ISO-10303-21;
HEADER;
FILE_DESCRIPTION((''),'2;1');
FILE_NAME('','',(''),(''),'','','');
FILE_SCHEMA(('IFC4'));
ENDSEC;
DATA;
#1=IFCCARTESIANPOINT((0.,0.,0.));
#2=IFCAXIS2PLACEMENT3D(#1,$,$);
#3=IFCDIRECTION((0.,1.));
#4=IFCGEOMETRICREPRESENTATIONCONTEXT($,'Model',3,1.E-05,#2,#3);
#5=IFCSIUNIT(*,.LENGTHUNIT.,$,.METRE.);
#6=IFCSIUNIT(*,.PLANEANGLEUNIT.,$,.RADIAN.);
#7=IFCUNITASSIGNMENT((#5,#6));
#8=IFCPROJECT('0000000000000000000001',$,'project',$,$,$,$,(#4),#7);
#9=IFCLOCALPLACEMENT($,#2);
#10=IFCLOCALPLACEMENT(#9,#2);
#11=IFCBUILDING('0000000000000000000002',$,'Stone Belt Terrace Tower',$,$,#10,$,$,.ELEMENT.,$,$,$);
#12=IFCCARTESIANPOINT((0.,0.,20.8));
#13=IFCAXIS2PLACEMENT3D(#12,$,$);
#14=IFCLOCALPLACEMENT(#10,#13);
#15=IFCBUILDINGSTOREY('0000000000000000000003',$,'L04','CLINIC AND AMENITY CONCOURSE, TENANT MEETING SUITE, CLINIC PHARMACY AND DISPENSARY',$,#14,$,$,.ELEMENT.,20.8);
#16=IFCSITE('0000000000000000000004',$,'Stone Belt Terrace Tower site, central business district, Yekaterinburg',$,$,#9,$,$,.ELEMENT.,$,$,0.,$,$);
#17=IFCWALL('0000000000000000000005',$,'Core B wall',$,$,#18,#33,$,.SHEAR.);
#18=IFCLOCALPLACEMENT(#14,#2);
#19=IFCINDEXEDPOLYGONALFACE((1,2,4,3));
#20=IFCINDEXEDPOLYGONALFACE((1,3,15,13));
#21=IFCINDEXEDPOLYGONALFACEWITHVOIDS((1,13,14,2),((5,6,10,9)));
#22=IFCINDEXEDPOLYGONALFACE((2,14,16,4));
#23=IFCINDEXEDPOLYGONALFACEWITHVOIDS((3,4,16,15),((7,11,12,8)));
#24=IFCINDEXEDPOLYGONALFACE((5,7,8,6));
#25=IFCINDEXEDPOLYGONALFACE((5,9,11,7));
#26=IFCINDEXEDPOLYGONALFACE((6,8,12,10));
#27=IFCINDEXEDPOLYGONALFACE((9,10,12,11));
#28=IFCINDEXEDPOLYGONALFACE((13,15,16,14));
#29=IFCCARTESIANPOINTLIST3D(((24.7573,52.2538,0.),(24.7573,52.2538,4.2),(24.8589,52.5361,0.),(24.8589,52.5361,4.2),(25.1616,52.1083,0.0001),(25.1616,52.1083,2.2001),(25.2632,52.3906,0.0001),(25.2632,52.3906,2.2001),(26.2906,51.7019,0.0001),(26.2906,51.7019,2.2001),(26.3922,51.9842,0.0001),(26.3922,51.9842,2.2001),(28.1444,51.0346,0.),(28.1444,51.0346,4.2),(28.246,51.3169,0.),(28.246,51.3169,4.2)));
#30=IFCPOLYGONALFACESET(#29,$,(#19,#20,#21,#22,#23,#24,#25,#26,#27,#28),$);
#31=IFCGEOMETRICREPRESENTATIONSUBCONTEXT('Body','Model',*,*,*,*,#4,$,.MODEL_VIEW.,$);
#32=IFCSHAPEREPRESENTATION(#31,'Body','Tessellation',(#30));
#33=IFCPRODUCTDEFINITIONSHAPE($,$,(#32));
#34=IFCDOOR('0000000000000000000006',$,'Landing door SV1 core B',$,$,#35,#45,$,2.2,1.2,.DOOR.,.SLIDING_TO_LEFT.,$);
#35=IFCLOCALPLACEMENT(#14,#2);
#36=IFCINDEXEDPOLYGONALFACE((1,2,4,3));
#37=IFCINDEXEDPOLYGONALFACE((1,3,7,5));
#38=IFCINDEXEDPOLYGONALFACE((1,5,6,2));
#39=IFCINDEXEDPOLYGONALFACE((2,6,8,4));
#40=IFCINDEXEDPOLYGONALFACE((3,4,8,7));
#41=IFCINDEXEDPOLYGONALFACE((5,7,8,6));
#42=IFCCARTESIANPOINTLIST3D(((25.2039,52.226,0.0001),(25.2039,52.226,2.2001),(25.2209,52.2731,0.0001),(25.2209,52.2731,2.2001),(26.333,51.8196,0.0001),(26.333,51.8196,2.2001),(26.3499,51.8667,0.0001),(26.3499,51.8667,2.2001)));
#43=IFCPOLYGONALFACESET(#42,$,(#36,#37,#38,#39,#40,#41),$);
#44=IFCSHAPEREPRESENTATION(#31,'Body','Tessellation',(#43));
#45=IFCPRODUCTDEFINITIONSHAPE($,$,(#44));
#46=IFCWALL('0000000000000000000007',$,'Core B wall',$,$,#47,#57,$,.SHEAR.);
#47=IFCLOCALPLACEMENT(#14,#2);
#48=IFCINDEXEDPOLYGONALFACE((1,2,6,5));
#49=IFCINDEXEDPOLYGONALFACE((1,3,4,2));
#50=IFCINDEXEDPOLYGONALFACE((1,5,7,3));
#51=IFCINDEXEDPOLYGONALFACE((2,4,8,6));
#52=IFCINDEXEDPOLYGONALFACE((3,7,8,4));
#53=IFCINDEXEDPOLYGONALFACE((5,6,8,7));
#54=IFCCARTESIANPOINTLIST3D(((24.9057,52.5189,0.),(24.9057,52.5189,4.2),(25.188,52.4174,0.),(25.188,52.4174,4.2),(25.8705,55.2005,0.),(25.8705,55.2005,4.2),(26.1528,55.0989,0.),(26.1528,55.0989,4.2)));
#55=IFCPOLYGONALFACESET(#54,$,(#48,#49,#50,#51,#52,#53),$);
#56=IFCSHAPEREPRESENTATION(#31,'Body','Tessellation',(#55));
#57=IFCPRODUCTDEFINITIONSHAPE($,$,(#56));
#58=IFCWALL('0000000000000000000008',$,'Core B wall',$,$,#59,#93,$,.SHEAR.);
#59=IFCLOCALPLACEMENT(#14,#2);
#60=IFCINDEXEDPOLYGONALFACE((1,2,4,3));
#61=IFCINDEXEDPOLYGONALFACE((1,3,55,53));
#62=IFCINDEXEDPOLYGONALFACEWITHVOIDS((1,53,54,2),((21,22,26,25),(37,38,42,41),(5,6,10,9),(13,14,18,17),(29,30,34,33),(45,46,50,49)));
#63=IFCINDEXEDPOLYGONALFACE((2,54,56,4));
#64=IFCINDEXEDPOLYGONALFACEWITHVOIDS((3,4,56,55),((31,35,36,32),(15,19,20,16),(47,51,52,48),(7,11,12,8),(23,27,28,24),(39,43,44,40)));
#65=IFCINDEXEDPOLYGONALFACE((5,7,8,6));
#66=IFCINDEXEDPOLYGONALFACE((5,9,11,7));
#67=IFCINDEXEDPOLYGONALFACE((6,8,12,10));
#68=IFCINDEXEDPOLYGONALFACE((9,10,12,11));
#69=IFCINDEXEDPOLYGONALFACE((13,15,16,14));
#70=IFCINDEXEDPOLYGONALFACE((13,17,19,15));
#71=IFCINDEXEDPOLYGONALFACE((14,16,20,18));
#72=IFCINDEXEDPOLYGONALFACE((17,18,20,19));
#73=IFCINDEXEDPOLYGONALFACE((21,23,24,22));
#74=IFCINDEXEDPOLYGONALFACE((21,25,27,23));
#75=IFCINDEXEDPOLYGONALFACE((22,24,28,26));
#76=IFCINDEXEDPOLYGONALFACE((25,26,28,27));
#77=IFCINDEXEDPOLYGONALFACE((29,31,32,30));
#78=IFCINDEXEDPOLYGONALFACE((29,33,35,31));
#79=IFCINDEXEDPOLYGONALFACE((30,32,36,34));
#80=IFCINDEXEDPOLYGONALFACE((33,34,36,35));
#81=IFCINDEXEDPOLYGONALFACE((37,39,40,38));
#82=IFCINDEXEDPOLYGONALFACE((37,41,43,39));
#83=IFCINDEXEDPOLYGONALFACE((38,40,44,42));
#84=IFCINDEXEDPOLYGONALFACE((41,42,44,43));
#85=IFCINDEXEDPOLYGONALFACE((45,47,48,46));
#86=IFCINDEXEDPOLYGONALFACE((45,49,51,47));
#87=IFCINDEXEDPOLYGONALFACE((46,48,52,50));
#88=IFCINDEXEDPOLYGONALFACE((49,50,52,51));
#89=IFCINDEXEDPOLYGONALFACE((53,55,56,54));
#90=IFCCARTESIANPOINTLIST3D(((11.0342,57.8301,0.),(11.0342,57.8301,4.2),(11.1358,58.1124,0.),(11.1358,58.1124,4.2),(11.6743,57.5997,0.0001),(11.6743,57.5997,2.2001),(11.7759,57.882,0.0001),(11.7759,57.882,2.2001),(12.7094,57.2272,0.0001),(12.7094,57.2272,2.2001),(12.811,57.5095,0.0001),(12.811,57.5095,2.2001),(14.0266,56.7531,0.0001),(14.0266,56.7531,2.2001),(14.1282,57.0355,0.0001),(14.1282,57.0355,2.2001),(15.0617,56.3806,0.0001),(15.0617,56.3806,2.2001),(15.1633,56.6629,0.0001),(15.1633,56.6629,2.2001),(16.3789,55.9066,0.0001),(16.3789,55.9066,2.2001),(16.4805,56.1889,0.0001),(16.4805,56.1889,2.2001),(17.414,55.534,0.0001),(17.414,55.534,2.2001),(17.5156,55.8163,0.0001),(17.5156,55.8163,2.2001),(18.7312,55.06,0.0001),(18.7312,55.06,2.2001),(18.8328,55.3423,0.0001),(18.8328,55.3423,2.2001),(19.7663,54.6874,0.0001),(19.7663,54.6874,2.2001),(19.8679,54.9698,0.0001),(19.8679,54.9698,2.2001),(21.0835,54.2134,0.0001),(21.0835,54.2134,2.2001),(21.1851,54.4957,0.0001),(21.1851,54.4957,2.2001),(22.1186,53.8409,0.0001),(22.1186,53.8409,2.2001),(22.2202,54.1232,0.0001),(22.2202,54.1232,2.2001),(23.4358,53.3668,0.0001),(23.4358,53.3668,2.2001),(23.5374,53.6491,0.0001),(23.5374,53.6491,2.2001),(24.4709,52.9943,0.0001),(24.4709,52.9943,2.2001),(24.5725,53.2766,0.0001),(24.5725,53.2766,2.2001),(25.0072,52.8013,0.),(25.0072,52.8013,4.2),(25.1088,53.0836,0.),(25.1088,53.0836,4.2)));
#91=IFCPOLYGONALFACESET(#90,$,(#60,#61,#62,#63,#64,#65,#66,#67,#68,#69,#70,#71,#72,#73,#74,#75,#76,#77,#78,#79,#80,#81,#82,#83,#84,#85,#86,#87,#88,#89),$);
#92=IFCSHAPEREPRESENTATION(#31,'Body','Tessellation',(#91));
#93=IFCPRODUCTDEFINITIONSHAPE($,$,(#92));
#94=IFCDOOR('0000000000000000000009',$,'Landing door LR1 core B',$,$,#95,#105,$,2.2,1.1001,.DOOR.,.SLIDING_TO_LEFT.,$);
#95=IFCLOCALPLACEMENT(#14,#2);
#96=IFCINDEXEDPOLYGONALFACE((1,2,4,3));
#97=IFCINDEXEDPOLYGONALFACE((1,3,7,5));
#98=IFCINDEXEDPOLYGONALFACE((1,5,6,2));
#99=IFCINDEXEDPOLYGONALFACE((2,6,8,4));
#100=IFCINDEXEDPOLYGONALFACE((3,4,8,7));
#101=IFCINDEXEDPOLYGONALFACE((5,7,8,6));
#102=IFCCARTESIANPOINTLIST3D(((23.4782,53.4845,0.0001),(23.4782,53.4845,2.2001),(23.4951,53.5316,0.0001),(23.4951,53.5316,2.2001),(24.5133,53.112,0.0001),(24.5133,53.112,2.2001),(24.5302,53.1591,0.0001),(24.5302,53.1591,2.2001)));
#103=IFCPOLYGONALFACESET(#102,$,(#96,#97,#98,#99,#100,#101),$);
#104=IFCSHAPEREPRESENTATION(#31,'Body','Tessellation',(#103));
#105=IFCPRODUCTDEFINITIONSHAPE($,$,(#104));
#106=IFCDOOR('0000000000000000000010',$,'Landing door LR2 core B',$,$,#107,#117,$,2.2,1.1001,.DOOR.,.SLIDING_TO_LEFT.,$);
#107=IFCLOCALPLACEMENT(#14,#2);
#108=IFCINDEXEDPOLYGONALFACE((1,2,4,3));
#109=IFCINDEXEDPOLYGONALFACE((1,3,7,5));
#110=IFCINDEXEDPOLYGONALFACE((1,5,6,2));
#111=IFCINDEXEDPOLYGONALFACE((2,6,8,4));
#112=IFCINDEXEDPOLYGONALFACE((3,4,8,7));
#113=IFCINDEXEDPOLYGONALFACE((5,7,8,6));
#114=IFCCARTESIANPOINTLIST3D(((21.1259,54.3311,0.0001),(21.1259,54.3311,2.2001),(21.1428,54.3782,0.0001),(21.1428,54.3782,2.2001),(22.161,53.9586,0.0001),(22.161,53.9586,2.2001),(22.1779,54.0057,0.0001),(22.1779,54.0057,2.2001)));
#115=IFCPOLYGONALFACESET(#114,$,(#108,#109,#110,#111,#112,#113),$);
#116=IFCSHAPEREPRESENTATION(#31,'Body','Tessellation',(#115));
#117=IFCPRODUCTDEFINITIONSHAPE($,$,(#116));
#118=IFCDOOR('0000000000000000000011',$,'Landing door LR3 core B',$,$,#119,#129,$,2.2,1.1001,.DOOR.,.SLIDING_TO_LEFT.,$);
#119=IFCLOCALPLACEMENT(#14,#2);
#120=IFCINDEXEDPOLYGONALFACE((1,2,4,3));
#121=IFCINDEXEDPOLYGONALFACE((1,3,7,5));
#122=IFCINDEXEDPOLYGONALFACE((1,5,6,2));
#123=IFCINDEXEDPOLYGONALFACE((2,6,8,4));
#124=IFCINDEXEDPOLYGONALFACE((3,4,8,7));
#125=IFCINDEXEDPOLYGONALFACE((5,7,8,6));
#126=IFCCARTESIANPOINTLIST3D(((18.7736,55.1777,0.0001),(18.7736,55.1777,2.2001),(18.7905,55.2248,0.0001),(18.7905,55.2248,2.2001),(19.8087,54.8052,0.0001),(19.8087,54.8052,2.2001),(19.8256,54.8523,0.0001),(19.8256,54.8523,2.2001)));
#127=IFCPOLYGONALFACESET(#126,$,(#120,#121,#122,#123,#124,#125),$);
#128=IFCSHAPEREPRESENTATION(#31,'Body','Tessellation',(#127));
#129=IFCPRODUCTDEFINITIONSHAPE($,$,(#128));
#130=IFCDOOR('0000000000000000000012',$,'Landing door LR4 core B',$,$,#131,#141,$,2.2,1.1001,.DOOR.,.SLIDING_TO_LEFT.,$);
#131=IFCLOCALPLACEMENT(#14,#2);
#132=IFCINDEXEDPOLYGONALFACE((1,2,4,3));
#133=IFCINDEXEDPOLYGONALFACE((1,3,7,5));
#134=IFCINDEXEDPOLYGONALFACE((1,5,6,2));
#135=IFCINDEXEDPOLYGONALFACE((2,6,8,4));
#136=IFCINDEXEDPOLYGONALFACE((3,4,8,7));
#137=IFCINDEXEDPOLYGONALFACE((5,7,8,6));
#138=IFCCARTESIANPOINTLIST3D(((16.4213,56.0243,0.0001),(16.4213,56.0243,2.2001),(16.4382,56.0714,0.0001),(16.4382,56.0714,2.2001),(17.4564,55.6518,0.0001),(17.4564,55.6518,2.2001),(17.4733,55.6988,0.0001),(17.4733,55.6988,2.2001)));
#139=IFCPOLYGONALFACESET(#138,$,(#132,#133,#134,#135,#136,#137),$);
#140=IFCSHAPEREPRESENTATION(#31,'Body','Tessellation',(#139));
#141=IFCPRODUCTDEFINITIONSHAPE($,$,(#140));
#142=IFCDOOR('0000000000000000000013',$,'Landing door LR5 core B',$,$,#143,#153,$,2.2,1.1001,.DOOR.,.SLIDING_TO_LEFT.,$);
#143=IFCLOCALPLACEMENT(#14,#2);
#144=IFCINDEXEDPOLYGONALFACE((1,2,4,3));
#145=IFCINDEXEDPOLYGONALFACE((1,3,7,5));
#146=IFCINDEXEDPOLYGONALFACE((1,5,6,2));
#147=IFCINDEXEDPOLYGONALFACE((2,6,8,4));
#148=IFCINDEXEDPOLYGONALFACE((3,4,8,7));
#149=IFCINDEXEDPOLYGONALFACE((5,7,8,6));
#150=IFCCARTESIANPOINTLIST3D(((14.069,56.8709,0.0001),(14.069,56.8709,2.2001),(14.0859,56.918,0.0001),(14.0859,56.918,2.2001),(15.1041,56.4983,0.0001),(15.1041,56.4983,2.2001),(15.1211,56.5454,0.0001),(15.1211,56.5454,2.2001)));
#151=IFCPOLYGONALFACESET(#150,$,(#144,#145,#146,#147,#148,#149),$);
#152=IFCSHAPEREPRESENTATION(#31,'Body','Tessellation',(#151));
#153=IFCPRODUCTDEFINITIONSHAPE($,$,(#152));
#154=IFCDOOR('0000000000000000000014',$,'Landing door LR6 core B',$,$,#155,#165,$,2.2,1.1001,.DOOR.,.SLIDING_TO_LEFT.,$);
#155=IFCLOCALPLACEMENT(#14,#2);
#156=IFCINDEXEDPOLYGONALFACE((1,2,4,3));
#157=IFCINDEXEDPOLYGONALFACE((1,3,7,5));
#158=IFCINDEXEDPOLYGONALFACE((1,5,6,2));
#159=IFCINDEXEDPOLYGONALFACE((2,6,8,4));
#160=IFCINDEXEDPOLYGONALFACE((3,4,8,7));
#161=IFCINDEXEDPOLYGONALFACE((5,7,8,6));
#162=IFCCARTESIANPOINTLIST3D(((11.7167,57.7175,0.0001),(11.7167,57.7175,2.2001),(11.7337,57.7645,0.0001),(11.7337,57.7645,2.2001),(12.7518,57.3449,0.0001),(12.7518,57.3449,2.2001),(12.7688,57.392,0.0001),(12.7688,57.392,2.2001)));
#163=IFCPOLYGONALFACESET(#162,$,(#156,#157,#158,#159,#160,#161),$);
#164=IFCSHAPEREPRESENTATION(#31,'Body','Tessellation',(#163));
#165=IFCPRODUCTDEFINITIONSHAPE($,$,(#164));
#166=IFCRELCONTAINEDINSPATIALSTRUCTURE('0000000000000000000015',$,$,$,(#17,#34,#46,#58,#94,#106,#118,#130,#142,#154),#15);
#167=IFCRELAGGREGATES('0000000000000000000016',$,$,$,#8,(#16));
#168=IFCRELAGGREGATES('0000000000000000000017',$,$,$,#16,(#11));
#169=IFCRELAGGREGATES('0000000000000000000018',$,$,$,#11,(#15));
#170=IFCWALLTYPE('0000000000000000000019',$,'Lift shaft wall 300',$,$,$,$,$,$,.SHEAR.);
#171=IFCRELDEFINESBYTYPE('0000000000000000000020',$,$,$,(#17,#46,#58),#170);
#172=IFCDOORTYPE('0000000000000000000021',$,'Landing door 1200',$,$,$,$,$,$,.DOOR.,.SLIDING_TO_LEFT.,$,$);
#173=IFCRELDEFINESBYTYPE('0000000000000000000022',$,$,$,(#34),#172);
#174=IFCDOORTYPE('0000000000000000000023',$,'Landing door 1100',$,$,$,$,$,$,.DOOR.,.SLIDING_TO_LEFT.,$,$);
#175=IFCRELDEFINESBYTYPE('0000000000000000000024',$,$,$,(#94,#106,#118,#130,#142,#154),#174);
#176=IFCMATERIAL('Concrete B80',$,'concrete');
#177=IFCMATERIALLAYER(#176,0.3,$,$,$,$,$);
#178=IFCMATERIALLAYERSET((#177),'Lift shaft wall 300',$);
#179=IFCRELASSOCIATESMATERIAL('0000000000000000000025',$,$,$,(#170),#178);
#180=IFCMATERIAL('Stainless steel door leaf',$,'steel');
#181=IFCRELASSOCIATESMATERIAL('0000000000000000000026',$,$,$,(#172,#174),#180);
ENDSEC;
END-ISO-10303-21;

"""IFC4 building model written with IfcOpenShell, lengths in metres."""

from ifc_helpers import new_model, si_unit, direction, frame, frame_2d, origin, place, context, subcontext, project, spatial, rectangle, extrude, material, layer, layer_set, type_object, element, fill, save


model = new_model("IFC4")

# Units and contexts
model_context = context("Model", 3, precision=1e-05, world=origin(), true_north=direction((0.0, 1.0)))
body_context = subcontext(model_context, "Body", "Model", "MODEL_VIEW")
ifc_project = project(units=[si_unit("LENGTHUNIT", "METRE"), si_unit("PLANEANGLEUNIT", "RADIAN")], contexts=[model_context])

# Site, building, storey
site_placement = place(None, origin())
site = spatial("IfcSite", under=ifc_project, at=site_placement, Name="Stone Belt Terrace Tower site, central business district, Yekaterinburg", CompositionType="ELEMENT", RefElevation=0.0)
building_placement = place(site_placement, origin())
building = spatial("IfcBuilding", under=site, at=building_placement, Name="Stone Belt Terrace Tower", CompositionType="ELEMENT")
storey_placement = place(building_placement, frame((0.0, 0.0, 20.8)))
storey = spatial("IfcBuildingStorey", under=building, at=storey_placement, Name="L04", Description="CLINIC AND AMENITY CONCOURSE, TENANT MEETING SUITE, CLINIC PHARMACY AND DISPENSARY", CompositionType="ELEMENT", Elevation=20.8)

# Shared definitions
ifc_material_1 = material(Name="Concrete B80", Category="concrete")

# Wall, opening, door
ifc_layer_1 = layer(ifc_material_1, 0.3)
ifc_layer_set_1 = layer_set([ifc_layer_1], Name="Lift shaft wall 300")
wall_type_1 = type_object("IfcWallType", Name="Lift shaft wall 300", PredefinedType="SHEAR", material=ifc_layer_set_1)
wall_1_placement = place(storey_placement, frame((28.1951, 51.1758, 0.0), z_axis=(0.0, 0.0, 1.0), x_axis=(-0.940901, 0.338681, 0.0)))
wall_1 = element("IfcWall", 1, at=wall_1_placement, inside=storey, type_object=wall_type_1, Name="Core B wall", PredefinedType="SHEAR", context=body_context, shape_type="SweptSolid", body=[
    extrude(rectangle(XDim=3.5999, YDim=0.3, at=frame_2d((1.7998, 0.0))), origin(), (0.0, 0.0, 1.0), 4.2),
])
opening_1_placement = place(wall_1_placement, frame((1.97, 0.0, 0.0)))
opening_1 = element("IfcOpeningElement", 2, at=opening_1_placement, cuts=wall_1, PredefinedType="OPENING", context=body_context, shape_type="SweptSolid", body=[
    extrude(rectangle(XDim=1.2, YDim=2.2, at=frame_2d((0.6001, 1.1001))), frame((0.0, 0.1599, 0.0), z_axis=(0.0, -1.0, 0.0), x_axis=(1.0, 0.0, 0.0)), (0.0, 0.0, 1.0), 0.3201),
])
ifc_material_2 = material(Name="Stainless steel door leaf", Category="steel")
door_type_1 = type_object("IfcDoorType", Name="Landing door 1200", OperationType="SLIDING_TO_LEFT", PredefinedType="DOOR", material=ifc_material_2)
door_1_placement = place(opening_1_placement, origin())
door_1 = element("IfcDoor", 3, at=door_1_placement, inside=storey, type_object=door_type_1, Name="Landing door SV1 core B", OperationType="SLIDING_TO_LEFT", OverallHeight=2.2, OverallWidth=1.2, PredefinedType="DOOR", context=body_context, shape_type="SweptSolid", body=[
    extrude(rectangle(XDim=1.2, YDim=2.2, at=frame_2d((0.6001, 1.1001))), frame((0.0, 0.0249, 0.0), z_axis=(0.0, -1.0, 0.0), x_axis=(1.0, 0.0, 0.0)), (0.0, 0.0, 1.0), 0.05),
])
fill(opening_1, door_1)

# Wall
wall_2_placement = place(storey_placement, frame((25.0469, 52.4683, 0.0), z_axis=(0.0, 0.0, 1.0), x_axis=(0.33855, 0.940949, 0.0)))
element("IfcWall", 4, at=wall_2_placement, inside=storey, type_object=wall_type_1, Name="Core B wall", PredefinedType="SHEAR", context=body_context, shape_type="SweptSolid", body=[
    extrude(rectangle(XDim=2.8499, YDim=0.3, at=frame_2d((1.4248, 0.0))), origin(), (0.0, 0.0, 1.0), 4.2),
])

# Wall, openings, doors
wall_3_placement = place(storey_placement, frame((25.0581, 52.9424, 0.0), z_axis=(0.0, 0.0, 1.0), x_axis=(-0.940918, 0.338634, 0.0)))
wall_3 = element("IfcWall", 5, at=wall_3_placement, inside=storey, type_object=wall_type_1, Name="Core B wall", PredefinedType="SHEAR", context=body_context, shape_type="SweptSolid", body=[
    extrude(rectangle(XDim=14.8503, YDim=0.3, at=frame_2d((7.4253, 0.0))), origin(), (0.0, 0.0, 1.0), 4.2),
])
opening_2_placement = place(wall_3_placement, frame((0.5701, 0.0, 0.0)))
opening_2 = element("IfcOpeningElement", 6, at=opening_2_placement, cuts=wall_3, PredefinedType="OPENING", context=body_context, shape_type="SweptSolid", body=[
    extrude(rectangle(XDim=1.1001, YDim=2.2, at=frame_2d((0.55, 1.1001))), frame((0.0, 0.1599, 0.0), z_axis=(0.0, -1.0, 0.0), x_axis=(1.0, 0.0, 0.0)), (0.0, 0.0, 1.0), 0.3201),
])
opening_3_placement = place(wall_3_placement, frame((3.0701, 0.0, 0.0)))
opening_3 = element("IfcOpeningElement", 7, at=opening_3_placement, cuts=wall_3, PredefinedType="OPENING", context=body_context, shape_type="SweptSolid", body=[
    extrude(rectangle(XDim=1.1001, YDim=2.2, at=frame_2d((0.55, 1.1001))), frame((0.0, 0.1599, 0.0), z_axis=(0.0, -1.0, 0.0), x_axis=(1.0, 0.0, 0.0)), (0.0, 0.0, 1.0), 0.3201),
])
opening_4_placement = place(wall_3_placement, frame((5.5701, 0.0, 0.0)))
opening_4 = element("IfcOpeningElement", 8, at=opening_4_placement, cuts=wall_3, PredefinedType="OPENING", context=body_context, shape_type="SweptSolid", body=[
    extrude(rectangle(XDim=1.1001, YDim=2.2, at=frame_2d((0.55, 1.1001))), frame((0.0, 0.1599, 0.0), z_axis=(0.0, -1.0, 0.0), x_axis=(1.0, 0.0, 0.0)), (0.0, 0.0, 1.0), 0.3201),
])
opening_5_placement = place(wall_3_placement, frame((8.0701, 0.0, 0.0)))
opening_5 = element("IfcOpeningElement", 9, at=opening_5_placement, cuts=wall_3, PredefinedType="OPENING", context=body_context, shape_type="SweptSolid", body=[
    extrude(rectangle(XDim=1.1001, YDim=2.2, at=frame_2d((0.55, 1.1001))), frame((0.0, 0.1599, 0.0), z_axis=(0.0, -1.0, 0.0), x_axis=(1.0, 0.0, 0.0)), (0.0, 0.0, 1.0), 0.3201),
])
opening_6_placement = place(wall_3_placement, frame((10.5701, 0.0, 0.0)))
opening_6 = element("IfcOpeningElement", 10, at=opening_6_placement, cuts=wall_3, PredefinedType="OPENING", context=body_context, shape_type="SweptSolid", body=[
    extrude(rectangle(XDim=1.1001, YDim=2.2, at=frame_2d((0.55, 1.1001))), frame((0.0, 0.1599, 0.0), z_axis=(0.0, -1.0, 0.0), x_axis=(1.0, 0.0, 0.0)), (0.0, 0.0, 1.0), 0.3201),
])
opening_7_placement = place(wall_3_placement, frame((13.0701, 0.0, 0.0)))
opening_7 = element("IfcOpeningElement", 11, at=opening_7_placement, cuts=wall_3, PredefinedType="OPENING", context=body_context, shape_type="SweptSolid", body=[
    extrude(rectangle(XDim=1.1001, YDim=2.2, at=frame_2d((0.55, 1.1001))), frame((0.0, 0.1599, 0.0), z_axis=(0.0, -1.0, 0.0), x_axis=(1.0, 0.0, 0.0)), (0.0, 0.0, 1.0), 0.3201),
])
door_type_2 = type_object("IfcDoorType", Name="Landing door 1100", OperationType="SLIDING_TO_LEFT", PredefinedType="DOOR", material=ifc_material_2)
door_2_placement = place(opening_2_placement, origin())
door_2 = element("IfcDoor", 12, at=door_2_placement, inside=storey, type_object=door_type_2, Name="Landing door LR1 core B", OperationType="SLIDING_TO_LEFT", OverallHeight=2.2, OverallWidth=1.1001, PredefinedType="DOOR", context=body_context, shape_type="SweptSolid", body=[
    extrude(rectangle(XDim=1.1001, YDim=2.2, at=frame_2d((0.55, 1.1001))), frame((0.0, 0.0249, 0.0), z_axis=(0.0, -1.0, 0.0), x_axis=(1.0, 0.0, 0.0)), (0.0, 0.0, 1.0), 0.05),
])
fill(opening_2, door_2)
door_3_placement = place(opening_3_placement, origin())
door_3 = element("IfcDoor", 13, at=door_3_placement, inside=storey, type_object=door_type_2, Name="Landing door LR2 core B", OperationType="SLIDING_TO_LEFT", OverallHeight=2.2, OverallWidth=1.1001, PredefinedType="DOOR", context=body_context, shape_type="SweptSolid", body=[
    extrude(rectangle(XDim=1.1001, YDim=2.2, at=frame_2d((0.55, 1.1001))), frame((0.0, 0.0249, 0.0), z_axis=(0.0, -1.0, 0.0), x_axis=(1.0, 0.0, 0.0)), (0.0, 0.0, 1.0), 0.05),
])
fill(opening_3, door_3)
door_4_placement = place(opening_4_placement, origin())
door_4 = element("IfcDoor", 14, at=door_4_placement, inside=storey, type_object=door_type_2, Name="Landing door LR3 core B", OperationType="SLIDING_TO_LEFT", OverallHeight=2.2, OverallWidth=1.1001, PredefinedType="DOOR", context=body_context, shape_type="SweptSolid", body=[
    extrude(rectangle(XDim=1.1001, YDim=2.2, at=frame_2d((0.55, 1.1001))), frame((0.0, 0.0249, 0.0), z_axis=(0.0, -1.0, 0.0), x_axis=(1.0, 0.0, 0.0)), (0.0, 0.0, 1.0), 0.05),
])
fill(opening_4, door_4)
door_5_placement = place(opening_5_placement, origin())
door_5 = element("IfcDoor", 15, at=door_5_placement, inside=storey, type_object=door_type_2, Name="Landing door LR4 core B", OperationType="SLIDING_TO_LEFT", OverallHeight=2.2, OverallWidth=1.1001, PredefinedType="DOOR", context=body_context, shape_type="SweptSolid", body=[
    extrude(rectangle(XDim=1.1001, YDim=2.2, at=frame_2d((0.55, 1.1001))), frame((0.0, 0.0249, 0.0), z_axis=(0.0, -1.0, 0.0), x_axis=(1.0, 0.0, 0.0)), (0.0, 0.0, 1.0), 0.05),
])
fill(opening_5, door_5)
door_6_placement = place(opening_6_placement, origin())
door_6 = element("IfcDoor", 16, at=door_6_placement, inside=storey, type_object=door_type_2, Name="Landing door LR5 core B", OperationType="SLIDING_TO_LEFT", OverallHeight=2.2, OverallWidth=1.1001, PredefinedType="DOOR", context=body_context, shape_type="SweptSolid", body=[
    extrude(rectangle(XDim=1.1001, YDim=2.2, at=frame_2d((0.55, 1.1001))), frame((0.0, 0.0249, 0.0), z_axis=(0.0, -1.0, 0.0), x_axis=(1.0, 0.0, 0.0)), (0.0, 0.0, 1.0), 0.05),
])
fill(opening_6, door_6)
door_7_placement = place(opening_7_placement, origin())
door_7 = element("IfcDoor", 17, at=door_7_placement, inside=storey, type_object=door_type_2, Name="Landing door LR6 core B", OperationType="SLIDING_TO_LEFT", OverallHeight=2.2, OverallWidth=1.1001, PredefinedType="DOOR", context=body_context, shape_type="SweptSolid", body=[
    extrude(rectangle(XDim=1.1001, YDim=2.2, at=frame_2d((0.55, 1.1001))), frame((0.0, 0.0249, 0.0), z_axis=(0.0, -1.0, 0.0), x_axis=(1.0, 0.0, 0.0)), (0.0, 0.0, 1.0), 0.05),
])
fill(opening_7, door_7)

save(model, "model.ifc")
